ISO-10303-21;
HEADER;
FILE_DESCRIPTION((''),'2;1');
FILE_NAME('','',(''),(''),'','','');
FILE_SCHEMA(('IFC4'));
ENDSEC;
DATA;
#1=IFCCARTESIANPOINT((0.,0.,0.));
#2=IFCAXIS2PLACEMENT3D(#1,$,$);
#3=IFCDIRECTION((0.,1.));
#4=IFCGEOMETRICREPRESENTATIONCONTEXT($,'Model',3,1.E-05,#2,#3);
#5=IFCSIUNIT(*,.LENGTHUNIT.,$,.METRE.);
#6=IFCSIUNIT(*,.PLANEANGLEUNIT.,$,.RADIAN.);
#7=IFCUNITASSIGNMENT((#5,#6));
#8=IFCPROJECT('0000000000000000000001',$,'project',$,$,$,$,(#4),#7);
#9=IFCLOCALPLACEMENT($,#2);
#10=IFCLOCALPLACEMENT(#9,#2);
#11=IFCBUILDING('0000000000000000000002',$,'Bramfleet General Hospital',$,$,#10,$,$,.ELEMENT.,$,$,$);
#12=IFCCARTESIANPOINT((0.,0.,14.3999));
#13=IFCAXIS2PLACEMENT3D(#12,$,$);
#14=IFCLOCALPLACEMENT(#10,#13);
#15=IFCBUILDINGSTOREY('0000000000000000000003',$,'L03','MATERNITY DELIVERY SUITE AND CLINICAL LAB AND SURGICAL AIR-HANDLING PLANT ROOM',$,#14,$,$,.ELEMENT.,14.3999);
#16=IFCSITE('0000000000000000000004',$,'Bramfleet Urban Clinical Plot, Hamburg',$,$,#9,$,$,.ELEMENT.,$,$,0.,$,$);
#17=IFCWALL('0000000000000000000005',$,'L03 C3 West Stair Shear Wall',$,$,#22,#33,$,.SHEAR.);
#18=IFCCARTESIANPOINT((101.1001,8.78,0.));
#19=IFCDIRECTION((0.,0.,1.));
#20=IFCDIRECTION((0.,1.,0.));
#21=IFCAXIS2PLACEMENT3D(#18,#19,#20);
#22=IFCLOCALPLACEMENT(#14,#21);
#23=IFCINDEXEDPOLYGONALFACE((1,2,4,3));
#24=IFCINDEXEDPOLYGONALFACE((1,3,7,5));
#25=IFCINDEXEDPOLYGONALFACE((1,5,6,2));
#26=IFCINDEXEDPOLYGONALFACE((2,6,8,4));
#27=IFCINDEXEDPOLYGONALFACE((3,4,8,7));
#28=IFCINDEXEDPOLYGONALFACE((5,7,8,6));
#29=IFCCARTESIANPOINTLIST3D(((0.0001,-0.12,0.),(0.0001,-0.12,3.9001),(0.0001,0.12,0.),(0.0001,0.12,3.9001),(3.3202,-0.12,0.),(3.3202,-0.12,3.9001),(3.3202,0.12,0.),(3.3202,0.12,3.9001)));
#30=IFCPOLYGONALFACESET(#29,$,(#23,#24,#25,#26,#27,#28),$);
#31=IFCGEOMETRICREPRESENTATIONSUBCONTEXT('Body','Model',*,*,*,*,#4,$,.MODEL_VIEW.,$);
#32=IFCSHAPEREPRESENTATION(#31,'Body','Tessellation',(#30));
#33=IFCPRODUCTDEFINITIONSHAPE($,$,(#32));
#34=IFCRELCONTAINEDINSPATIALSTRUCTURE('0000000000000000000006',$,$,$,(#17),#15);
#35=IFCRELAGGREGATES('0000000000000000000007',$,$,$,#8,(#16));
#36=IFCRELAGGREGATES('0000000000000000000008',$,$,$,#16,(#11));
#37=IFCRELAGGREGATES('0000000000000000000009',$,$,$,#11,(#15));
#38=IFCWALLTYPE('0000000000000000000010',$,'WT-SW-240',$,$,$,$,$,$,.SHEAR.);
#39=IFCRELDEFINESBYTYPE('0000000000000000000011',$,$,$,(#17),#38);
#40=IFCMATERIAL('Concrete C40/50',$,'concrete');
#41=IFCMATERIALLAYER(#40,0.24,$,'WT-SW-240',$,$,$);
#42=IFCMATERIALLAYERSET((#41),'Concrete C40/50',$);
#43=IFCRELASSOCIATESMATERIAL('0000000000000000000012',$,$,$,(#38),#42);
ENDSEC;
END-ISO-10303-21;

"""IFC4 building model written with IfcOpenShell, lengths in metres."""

from ifc_helpers import new_model, si_unit, direction, frame, frame_2d, origin, place, context, subcontext, project, spatial, rectangle, extrude, material, layer, layer_set, type_object, element, save


model = new_model("IFC4")

# Units and contexts
model_context = context("Model", 3, precision=1e-05, world=origin(), true_north=direction((0.0, 1.0)))
body_context = subcontext(model_context, "Body", "Model", "MODEL_VIEW")
ifc_project = project(units=[si_unit("LENGTHUNIT", "METRE"), si_unit("PLANEANGLEUNIT", "RADIAN")], contexts=[model_context])

# Site, building, storey
site_placement = place(None, origin())
site = spatial("IfcSite", under=ifc_project, at=site_placement, Name="Bramfleet Urban Clinical Plot, Hamburg", CompositionType="ELEMENT", RefElevation=0.0)
building_placement = place(site_placement, origin())
building = spatial("IfcBuilding", under=site, at=building_placement, Name="Bramfleet General Hospital", CompositionType="ELEMENT")
storey_placement = place(building_placement, frame((0.0, 0.0, 14.3999)))
storey = spatial("IfcBuildingStorey", under=building, at=storey_placement, Name="L03", Description="MATERNITY DELIVERY SUITE AND CLINICAL LAB AND SURGICAL AIR-HANDLING PLANT ROOM", CompositionType="ELEMENT", Elevation=14.3999)

# Shared definitions
ifc_material_1 = material(Name="Concrete C40/50", Category="concrete")

# Wall
ifc_layer_1 = layer(ifc_material_1, 0.24, Name="WT-SW-240")
ifc_layer_set_1 = layer_set([ifc_layer_1], Name="Concrete C40/50")
wall_type_1 = type_object("IfcWallType", Name="WT-SW-240", PredefinedType="SHEAR", material=ifc_layer_set_1)
wall_1_placement = place(storey_placement, frame((101.1001, 8.78, 0.0), z_axis=(0.0, 0.0, 1.0), x_axis=(0.0, 1.0, 0.0)))
element("IfcWall", 1, at=wall_1_placement, inside=storey, type_object=wall_type_1, Name="L03 C3 West Stair Shear Wall", PredefinedType="SHEAR", context=body_context, shape_type="SweptSolid", body=[
    extrude(rectangle(XDim=3.3201, YDim=0.24, at=frame_2d((1.6602, 0.0))), origin(), (0.0, 0.0, 1.0), 3.9001),
])

save(model, "model.ifc")
